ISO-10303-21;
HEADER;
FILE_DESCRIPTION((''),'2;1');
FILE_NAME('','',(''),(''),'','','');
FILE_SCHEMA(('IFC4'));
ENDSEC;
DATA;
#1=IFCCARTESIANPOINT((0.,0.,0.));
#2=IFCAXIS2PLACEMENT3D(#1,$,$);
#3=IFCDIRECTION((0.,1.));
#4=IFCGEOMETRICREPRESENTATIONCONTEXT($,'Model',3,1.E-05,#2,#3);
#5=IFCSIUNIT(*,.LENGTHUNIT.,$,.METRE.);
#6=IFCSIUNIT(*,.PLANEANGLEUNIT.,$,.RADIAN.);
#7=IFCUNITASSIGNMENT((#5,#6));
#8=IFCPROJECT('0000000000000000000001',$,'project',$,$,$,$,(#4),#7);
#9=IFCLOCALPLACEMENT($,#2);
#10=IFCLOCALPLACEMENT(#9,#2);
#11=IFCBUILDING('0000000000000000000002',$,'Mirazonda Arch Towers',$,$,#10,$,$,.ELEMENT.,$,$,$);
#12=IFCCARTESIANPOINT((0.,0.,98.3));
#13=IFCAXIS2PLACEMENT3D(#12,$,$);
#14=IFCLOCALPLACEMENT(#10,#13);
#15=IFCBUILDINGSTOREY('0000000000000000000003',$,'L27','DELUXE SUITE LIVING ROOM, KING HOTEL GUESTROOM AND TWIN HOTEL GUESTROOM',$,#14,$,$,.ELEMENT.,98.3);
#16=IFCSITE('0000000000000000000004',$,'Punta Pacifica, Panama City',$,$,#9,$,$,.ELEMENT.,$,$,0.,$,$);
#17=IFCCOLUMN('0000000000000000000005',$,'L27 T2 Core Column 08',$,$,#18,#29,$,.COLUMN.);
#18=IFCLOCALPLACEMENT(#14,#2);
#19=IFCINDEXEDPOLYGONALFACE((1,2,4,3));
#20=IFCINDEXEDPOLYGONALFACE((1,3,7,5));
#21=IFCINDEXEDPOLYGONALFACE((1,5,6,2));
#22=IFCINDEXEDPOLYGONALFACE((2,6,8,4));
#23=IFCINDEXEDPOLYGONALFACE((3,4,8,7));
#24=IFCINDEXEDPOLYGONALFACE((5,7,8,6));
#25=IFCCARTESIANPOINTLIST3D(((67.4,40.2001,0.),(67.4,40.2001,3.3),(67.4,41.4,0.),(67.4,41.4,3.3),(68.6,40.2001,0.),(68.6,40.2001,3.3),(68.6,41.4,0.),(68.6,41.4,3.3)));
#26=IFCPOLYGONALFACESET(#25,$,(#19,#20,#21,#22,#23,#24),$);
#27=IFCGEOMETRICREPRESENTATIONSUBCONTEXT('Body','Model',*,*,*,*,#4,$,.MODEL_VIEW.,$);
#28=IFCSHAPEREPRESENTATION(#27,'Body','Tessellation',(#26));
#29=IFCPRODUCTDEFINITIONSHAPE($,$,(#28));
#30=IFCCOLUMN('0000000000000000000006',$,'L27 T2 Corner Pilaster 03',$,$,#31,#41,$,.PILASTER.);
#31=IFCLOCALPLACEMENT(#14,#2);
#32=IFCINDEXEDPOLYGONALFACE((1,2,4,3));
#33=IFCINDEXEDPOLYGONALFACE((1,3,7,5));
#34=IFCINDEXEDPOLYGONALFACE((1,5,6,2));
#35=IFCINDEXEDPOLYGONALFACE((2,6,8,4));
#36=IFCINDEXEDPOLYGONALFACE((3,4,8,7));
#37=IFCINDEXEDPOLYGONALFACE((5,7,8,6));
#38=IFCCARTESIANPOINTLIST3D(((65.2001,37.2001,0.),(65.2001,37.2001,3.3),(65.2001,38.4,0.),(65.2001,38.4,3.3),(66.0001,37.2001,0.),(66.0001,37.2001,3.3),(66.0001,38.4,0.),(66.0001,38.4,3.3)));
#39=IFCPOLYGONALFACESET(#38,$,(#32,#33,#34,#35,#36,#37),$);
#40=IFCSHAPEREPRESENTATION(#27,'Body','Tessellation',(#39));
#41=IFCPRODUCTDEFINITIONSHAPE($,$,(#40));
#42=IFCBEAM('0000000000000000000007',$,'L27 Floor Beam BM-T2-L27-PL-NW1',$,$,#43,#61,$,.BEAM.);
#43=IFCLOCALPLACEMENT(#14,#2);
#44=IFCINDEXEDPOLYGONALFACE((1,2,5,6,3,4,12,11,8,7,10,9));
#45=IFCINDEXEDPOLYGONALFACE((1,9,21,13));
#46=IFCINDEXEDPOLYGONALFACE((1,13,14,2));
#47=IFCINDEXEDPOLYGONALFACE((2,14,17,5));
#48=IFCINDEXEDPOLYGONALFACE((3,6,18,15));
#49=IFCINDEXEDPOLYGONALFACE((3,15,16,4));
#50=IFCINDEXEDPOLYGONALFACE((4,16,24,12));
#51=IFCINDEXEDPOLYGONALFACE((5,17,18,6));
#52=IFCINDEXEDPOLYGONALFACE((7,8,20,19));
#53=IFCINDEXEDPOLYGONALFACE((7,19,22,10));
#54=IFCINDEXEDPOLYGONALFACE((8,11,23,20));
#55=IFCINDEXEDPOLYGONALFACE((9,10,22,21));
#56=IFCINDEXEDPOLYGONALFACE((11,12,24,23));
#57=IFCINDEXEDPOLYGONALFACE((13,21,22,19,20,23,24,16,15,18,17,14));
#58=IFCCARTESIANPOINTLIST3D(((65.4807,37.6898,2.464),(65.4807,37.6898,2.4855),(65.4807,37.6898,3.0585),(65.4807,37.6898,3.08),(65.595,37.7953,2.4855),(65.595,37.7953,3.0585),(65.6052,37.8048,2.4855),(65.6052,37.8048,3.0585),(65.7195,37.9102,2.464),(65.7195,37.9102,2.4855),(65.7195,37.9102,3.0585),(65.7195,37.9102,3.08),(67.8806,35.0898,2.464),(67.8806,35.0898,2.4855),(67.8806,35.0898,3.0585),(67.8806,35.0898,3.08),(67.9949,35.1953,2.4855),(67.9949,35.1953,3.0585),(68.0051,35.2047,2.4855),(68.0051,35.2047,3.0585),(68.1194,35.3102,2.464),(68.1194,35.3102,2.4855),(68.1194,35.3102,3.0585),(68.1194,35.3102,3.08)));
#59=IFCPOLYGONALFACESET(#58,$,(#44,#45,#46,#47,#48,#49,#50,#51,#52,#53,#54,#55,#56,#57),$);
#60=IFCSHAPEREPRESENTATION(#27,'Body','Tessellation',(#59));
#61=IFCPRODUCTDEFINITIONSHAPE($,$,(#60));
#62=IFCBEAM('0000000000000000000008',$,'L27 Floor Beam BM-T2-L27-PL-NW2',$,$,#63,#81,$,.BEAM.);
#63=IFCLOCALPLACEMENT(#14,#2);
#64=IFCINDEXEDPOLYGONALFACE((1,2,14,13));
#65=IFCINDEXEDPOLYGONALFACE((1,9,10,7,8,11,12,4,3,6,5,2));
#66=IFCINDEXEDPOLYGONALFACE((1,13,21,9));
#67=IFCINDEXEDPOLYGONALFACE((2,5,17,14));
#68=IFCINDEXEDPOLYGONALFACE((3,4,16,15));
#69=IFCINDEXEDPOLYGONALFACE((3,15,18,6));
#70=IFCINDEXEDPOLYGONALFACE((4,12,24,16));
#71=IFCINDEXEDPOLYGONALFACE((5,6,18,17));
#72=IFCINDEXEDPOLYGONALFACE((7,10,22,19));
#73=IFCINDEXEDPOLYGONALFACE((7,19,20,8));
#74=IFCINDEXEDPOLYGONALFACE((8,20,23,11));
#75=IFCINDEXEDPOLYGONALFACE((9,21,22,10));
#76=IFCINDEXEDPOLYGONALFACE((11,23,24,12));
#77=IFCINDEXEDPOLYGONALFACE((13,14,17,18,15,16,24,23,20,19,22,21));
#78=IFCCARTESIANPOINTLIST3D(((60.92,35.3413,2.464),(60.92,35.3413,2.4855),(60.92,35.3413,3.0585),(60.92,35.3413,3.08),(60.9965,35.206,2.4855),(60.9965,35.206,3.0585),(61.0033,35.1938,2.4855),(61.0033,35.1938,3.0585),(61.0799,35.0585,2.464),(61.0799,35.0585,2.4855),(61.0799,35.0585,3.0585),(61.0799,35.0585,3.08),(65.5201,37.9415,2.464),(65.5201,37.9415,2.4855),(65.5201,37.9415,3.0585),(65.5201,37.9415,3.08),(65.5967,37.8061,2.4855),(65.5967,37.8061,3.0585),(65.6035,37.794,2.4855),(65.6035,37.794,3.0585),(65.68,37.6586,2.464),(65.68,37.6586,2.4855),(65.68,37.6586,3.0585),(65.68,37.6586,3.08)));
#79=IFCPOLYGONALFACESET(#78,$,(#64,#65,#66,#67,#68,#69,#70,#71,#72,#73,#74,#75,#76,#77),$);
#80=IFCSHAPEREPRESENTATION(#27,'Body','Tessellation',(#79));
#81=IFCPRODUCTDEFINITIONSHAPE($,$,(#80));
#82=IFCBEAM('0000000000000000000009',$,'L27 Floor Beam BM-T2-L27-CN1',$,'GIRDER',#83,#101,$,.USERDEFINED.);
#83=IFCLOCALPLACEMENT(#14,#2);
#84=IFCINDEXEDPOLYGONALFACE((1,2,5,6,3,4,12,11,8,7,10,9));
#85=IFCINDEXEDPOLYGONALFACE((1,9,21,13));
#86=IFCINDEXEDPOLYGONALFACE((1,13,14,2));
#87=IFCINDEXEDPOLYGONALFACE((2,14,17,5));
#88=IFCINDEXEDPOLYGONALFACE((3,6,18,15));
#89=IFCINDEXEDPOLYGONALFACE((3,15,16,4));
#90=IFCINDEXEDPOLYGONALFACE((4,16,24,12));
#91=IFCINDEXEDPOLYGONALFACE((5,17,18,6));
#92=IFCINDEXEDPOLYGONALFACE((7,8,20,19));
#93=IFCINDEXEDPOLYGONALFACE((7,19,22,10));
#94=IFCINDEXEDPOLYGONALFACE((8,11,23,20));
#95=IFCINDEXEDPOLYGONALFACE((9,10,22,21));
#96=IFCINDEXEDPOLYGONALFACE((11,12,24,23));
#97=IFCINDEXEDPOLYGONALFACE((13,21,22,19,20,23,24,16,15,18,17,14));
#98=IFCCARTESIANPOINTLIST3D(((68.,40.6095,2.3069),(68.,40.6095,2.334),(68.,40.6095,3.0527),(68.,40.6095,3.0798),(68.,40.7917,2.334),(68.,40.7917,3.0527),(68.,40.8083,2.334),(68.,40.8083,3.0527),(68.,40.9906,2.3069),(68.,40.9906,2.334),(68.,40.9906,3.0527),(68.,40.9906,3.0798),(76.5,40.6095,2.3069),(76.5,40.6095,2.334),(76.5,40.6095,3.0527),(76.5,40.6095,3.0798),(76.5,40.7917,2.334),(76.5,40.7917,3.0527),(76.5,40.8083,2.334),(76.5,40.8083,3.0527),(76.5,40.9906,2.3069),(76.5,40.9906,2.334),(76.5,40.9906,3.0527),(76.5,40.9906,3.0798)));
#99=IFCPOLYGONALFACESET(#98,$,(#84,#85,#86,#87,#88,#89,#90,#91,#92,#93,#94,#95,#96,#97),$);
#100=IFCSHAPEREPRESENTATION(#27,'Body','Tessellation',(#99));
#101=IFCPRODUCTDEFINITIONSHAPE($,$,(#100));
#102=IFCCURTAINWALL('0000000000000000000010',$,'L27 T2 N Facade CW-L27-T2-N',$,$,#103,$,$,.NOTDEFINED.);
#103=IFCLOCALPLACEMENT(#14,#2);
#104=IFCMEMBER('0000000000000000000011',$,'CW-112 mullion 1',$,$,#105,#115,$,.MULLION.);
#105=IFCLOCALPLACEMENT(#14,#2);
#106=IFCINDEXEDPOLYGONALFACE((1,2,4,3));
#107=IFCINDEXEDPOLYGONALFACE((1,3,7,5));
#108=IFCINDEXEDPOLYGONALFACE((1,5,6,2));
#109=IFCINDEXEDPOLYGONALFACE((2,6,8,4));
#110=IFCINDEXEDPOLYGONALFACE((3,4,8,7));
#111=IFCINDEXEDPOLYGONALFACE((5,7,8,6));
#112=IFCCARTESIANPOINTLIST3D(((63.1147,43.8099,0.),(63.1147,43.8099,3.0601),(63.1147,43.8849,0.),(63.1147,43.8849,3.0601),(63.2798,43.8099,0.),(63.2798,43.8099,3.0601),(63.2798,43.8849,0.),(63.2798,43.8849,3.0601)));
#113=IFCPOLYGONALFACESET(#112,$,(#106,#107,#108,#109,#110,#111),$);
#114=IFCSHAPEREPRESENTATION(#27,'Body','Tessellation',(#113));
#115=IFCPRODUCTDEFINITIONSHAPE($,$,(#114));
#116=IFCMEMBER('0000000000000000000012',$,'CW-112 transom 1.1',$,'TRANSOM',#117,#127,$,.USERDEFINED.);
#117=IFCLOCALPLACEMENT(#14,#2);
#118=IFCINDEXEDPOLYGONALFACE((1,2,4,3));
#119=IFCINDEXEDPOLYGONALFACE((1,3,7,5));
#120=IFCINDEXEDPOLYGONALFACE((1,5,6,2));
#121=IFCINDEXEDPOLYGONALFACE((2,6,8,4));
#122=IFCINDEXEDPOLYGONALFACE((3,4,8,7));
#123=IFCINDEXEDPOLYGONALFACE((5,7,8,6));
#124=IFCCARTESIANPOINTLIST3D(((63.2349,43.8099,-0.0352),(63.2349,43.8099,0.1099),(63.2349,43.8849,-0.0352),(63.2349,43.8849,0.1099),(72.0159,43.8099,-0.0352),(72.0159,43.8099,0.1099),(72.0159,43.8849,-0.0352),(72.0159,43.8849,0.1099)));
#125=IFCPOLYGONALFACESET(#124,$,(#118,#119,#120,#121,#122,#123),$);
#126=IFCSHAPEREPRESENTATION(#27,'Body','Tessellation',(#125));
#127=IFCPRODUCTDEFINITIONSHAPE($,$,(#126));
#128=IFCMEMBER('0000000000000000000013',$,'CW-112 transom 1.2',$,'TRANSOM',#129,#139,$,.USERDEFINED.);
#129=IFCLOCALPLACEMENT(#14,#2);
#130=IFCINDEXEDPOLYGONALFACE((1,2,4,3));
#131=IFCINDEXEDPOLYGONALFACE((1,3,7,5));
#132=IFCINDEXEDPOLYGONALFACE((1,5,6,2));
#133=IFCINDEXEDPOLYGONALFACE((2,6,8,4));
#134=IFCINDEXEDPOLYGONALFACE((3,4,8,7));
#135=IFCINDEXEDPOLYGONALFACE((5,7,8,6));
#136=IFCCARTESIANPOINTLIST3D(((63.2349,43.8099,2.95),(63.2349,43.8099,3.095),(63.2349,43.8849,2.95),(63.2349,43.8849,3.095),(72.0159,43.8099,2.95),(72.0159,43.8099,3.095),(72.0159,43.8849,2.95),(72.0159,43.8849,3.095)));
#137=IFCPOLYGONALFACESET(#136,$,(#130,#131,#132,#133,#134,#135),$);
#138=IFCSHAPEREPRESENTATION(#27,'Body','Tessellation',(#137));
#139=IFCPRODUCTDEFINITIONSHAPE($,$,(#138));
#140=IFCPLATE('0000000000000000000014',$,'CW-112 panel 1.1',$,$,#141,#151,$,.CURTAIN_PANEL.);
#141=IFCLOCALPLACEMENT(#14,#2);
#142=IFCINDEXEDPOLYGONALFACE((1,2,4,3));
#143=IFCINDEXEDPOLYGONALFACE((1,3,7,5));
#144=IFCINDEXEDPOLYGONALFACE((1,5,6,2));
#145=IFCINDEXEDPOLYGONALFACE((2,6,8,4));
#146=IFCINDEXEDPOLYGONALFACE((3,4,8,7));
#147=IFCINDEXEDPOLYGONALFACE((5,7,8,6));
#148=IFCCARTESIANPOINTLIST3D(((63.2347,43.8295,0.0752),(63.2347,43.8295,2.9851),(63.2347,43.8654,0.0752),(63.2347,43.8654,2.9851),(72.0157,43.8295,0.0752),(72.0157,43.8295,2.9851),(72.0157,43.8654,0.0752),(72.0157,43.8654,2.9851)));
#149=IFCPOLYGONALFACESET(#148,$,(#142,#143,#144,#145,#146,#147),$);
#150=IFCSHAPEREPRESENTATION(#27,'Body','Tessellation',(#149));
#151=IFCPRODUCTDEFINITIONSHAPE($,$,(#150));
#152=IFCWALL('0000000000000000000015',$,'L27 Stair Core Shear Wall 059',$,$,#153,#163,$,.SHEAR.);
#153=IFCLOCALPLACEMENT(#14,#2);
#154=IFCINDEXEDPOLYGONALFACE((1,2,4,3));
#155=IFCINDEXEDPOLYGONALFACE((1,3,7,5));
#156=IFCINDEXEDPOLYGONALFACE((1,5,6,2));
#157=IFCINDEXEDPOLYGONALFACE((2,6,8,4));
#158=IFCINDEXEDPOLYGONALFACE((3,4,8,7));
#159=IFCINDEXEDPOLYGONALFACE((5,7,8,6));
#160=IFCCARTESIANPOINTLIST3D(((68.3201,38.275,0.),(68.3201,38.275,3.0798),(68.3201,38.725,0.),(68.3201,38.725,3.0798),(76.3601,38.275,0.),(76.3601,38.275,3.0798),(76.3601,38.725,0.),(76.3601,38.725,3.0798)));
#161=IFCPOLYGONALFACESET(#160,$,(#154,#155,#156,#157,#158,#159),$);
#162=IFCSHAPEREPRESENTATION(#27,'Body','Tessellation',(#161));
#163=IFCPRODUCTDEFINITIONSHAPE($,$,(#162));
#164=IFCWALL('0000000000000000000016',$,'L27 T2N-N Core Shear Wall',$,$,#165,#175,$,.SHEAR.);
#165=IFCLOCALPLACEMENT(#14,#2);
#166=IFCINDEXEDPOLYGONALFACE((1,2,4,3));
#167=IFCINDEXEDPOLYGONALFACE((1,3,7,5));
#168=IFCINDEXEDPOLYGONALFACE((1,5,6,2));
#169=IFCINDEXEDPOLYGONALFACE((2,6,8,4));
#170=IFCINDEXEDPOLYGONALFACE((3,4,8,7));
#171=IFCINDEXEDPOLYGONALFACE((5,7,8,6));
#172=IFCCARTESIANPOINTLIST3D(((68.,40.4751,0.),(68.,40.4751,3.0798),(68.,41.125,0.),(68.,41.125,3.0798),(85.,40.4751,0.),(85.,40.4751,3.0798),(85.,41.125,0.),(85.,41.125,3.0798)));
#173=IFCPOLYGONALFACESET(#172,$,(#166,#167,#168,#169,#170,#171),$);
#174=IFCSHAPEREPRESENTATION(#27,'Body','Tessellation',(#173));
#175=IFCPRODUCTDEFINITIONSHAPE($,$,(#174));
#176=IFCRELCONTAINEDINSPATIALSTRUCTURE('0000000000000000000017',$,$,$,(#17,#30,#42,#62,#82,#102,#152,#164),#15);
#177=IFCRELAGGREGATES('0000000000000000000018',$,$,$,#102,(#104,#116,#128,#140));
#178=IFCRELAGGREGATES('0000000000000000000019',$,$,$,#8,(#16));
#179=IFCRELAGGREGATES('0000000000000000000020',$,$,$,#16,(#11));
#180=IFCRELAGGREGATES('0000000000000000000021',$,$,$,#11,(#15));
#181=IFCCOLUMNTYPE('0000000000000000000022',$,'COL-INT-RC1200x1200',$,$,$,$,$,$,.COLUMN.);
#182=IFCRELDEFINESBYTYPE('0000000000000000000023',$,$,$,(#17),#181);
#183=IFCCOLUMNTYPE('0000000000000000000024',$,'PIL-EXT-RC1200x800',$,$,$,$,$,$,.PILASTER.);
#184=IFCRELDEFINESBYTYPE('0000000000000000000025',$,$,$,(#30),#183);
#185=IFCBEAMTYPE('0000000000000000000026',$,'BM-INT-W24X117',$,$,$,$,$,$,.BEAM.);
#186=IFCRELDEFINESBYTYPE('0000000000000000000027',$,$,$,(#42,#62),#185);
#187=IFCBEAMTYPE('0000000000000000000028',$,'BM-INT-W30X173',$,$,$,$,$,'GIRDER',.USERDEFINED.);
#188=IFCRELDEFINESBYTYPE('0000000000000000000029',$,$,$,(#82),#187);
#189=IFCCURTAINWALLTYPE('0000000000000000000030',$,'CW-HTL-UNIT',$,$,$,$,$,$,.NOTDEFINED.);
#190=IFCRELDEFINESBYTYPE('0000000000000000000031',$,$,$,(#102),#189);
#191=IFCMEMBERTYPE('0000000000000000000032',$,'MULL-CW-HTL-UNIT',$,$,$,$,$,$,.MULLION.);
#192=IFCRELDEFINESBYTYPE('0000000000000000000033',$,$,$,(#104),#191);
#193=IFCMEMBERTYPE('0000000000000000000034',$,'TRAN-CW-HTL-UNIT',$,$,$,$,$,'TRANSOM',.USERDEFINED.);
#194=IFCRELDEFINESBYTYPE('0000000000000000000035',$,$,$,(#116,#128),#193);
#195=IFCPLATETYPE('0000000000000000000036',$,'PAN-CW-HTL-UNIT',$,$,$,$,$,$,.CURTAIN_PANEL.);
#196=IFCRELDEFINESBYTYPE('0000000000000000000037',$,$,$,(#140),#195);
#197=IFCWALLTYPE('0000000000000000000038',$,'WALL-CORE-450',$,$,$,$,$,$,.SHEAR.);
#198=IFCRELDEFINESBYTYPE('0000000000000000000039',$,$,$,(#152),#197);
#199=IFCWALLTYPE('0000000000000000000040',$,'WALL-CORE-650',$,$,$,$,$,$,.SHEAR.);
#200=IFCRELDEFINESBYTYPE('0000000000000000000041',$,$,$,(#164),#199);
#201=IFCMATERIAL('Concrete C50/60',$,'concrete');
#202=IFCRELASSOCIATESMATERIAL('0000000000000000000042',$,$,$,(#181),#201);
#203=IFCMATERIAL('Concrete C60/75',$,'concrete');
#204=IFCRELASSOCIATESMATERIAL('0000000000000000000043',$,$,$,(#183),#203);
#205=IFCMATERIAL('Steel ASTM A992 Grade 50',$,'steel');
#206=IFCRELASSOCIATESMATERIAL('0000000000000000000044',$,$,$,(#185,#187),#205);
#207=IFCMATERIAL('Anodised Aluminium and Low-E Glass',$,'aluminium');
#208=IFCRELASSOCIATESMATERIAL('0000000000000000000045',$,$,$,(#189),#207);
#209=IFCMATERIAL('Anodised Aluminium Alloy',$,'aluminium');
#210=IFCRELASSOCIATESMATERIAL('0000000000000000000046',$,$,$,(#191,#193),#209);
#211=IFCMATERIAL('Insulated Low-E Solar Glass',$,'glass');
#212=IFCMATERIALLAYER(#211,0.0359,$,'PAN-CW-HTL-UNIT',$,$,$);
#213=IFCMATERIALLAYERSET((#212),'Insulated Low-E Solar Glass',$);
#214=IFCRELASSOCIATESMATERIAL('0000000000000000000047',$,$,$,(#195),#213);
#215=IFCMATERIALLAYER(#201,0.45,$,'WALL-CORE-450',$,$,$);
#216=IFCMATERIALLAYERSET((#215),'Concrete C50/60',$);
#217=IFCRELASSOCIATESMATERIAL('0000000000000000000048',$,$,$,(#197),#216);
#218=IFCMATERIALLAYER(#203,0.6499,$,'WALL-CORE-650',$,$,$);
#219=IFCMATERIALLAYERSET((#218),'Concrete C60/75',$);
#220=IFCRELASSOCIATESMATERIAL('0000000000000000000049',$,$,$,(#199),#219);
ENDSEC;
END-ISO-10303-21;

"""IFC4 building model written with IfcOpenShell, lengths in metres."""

from ifc_helpers import new_model, si_unit, direction, frame, frame_2d, origin, origin_2d, place, context, subcontext, project, spatial, rectangle, i_section, extrude, material, layer, layer_set, material_profile, profile_set, type_object, element, aggregate, save


model = new_model("IFC4")

# Units and contexts
model_context = context("Model", 3, precision=1e-05, world=origin(), true_north=direction((0.0, 1.0)))
body_context = subcontext(model_context, "Body", "Model", "MODEL_VIEW")
ifc_project = project(units=[si_unit("LENGTHUNIT", "METRE"), si_unit("PLANEANGLEUNIT", "RADIAN")], contexts=[model_context])

# Site, building, storey
site_placement = place(None, origin())
site = spatial("IfcSite", under=ifc_project, at=site_placement, Name="Punta Pacifica, Panama City", CompositionType="ELEMENT", RefElevation=0.0)
building_placement = place(site_placement, origin())
building = spatial("IfcBuilding", under=site, at=building_placement, Name="Mirazonda Arch Towers", CompositionType="ELEMENT")
storey_placement = place(building_placement, frame((0.0, 0.0, 98.3)))
storey = spatial("IfcBuildingStorey", under=building, at=storey_placement, Name="L27", Description="DELUXE SUITE LIVING ROOM, KING HOTEL GUESTROOM AND TWIN HOTEL GUESTROOM", CompositionType="ELEMENT", Elevation=98.3)

# Columns
ifc_material_1 = material(Name="Concrete C50/60", Category="concrete")
ifc_material_profile_1 = material_profile(ifc_material_1, rectangle(XDim=1.2, YDim=1.2, at=origin_2d()), Name="RC1200x1200")
ifc_profile_set_1 = profile_set([ifc_material_profile_1], Name="Concrete C50/60")
column_type_1 = type_object("IfcColumnType", Name="COL-INT-RC1200x1200", PredefinedType="COLUMN", material=ifc_profile_set_1)
column_1_placement = place(storey_placement, frame((68.0, 40.8, 0.0), z_axis=(0.0, 0.0, 1.0), x_axis=(1.0, 0.0, 0.0)))
element("IfcColumn", 1, at=column_1_placement, inside=storey, type_object=column_type_1, Name="L27 T2 Core Column 08", PredefinedType="COLUMN", context=body_context, shape_type="SweptSolid", body=[
    extrude(rectangle(XDim=1.2, YDim=1.2, at=origin_2d()), origin(), (0.0, 0.0, 1.0), 3.3),
])
ifc_material_2 = material(Name="Concrete C60/75", Category="concrete")
ifc_material_profile_2 = material_profile(ifc_material_2, rectangle(XDim=0.8, YDim=1.2, at=origin_2d()), Name="RC1200x800")
ifc_profile_set_2 = profile_set([ifc_material_profile_2], Name="Concrete C60/75")
column_type_2 = type_object("IfcColumnType", Name="PIL-EXT-RC1200x800", PredefinedType="PILASTER", material=ifc_profile_set_2)
column_2_placement = place(storey_placement, frame((65.6001, 37.8, 0.0), z_axis=(0.0, 0.0, 1.0), x_axis=(1.0, 0.0, 0.0)))
element("IfcColumn", 2, at=column_2_placement, inside=storey, type_object=column_type_2, Name="L27 T2 Corner Pilaster 03", PredefinedType="PILASTER", context=body_context, shape_type="SweptSolid", body=[
    extrude(rectangle(XDim=0.8, YDim=1.2, at=origin_2d()), origin(), (0.0, 0.0, 1.0), 3.3),
])

# Beams
ifc_material_3 = material(Name="Steel ASTM A992 Grade 50", Category="steel")
ifc_material_profile_3 = material_profile(ifc_material_3, i_section(OverallWidth=0.325, OverallDepth=0.616, WebThickness=0.0139, FlangeThickness=0.0215, at=origin_2d()), Name="W24X117")
ifc_profile_set_3 = profile_set([ifc_material_profile_3], Name="Steel ASTM A992 Grade 50")
beam_type_1 = type_object("IfcBeamType", Name="BM-INT-W24X117", PredefinedType="BEAM", material=ifc_profile_set_3)
beam_1_placement = place(storey_placement, frame((65.6001, 37.8, 2.772), z_axis=(0.678251, -0.73483, 0.0), x_axis=(0.73483, 0.678251, 0.0)))
element("IfcBeam", 3, at=beam_1_placement, inside=storey, type_object=beam_type_1, Name="L27 Floor Beam BM-T2-L27-PL-NW1", PredefinedType="BEAM", context=body_context, shape_type="SweptSolid", body=[
    extrude(i_section(OverallWidth=0.325, OverallDepth=0.616, WebThickness=0.0139, FlangeThickness=0.0215, at=origin_2d()), origin(), (0.0, 0.0, 1.0), 3.5383),
])
beam_2_placement = place(storey_placement, frame((65.6001, 37.8, 2.772), z_axis=(-0.870559, -0.492063, 0.0), x_axis=(0.492063, -0.870559, 0.0)))
element("IfcBeam", 4, at=beam_2_placement, inside=storey, type_object=beam_type_1, Name="L27 Floor Beam BM-T2-L27-PL-NW2", PredefinedType="BEAM", context=body_context, shape_type="SweptSolid", body=[
    extrude(i_section(OverallWidth=0.325, OverallDepth=0.616, WebThickness=0.0139, FlangeThickness=0.0215, at=origin_2d()), origin(), (0.0, 0.0, 1.0), 5.2842),
])
ifc_material_profile_4 = material_profile(ifc_material_3, i_section(OverallWidth=0.3811, OverallDepth=0.7729, WebThickness=0.0166, FlangeThickness=0.0271, at=origin_2d()), Name="W30X173")
ifc_profile_set_4 = profile_set([ifc_material_profile_4], Name="Steel ASTM A992 Grade 50")
beam_type_2 = type_object("IfcBeamType", Name="BM-INT-W30X173", ElementType="GIRDER", PredefinedType="USERDEFINED", material=ifc_profile_set_4)
beam_3_placement = place(storey_placement, frame((68.0, 40.8, 2.6934), z_axis=(1.0, 0.0, 0.0), x_axis=(0.0, 1.0, 0.0)))
element("IfcBeam", 5, at=beam_3_placement, inside=storey, type_object=beam_type_2, Name="L27 Floor Beam BM-T2-L27-CN1", ObjectType="GIRDER", PredefinedType="USERDEFINED", context=body_context, shape_type="SweptSolid", body=[
    extrude(i_section(OverallWidth=0.3811, OverallDepth=0.7729, WebThickness=0.0166, FlangeThickness=0.0271, at=origin_2d()), origin(), (0.0, 0.0, 1.0), 8.5),
])

# Curtain wall, members, plate
ifc_material_4 = material(Name="Anodised Aluminium and Low-E Glass", Category="aluminium")
curtain_wall_type = type_object("IfcCurtainWallType", Name="CW-HTL-UNIT", PredefinedType="NOTDEFINED", material=ifc_material_4)
curtain_wall_placement = place(storey_placement, origin())
curtain_wall = element("IfcCurtainWall", 6, at=curtain_wall_placement, inside=storey, type_object=curtain_wall_type, Name="L27 T2 N Facade CW-L27-T2-N", PredefinedType="NOTDEFINED")
ifc_material_5 = material(Name="Anodised Aluminium Alloy", Category="aluminium")
ifc_material_profile_5 = material_profile(ifc_material_5, rectangle(XDim=0.075, YDim=0.165, at=origin_2d()), Name="ALU-MULL-75x165")
ifc_profile_set_5 = profile_set([ifc_material_profile_5], Name="Anodised Aluminium Alloy")
member_type_1 = type_object("IfcMemberType", Name="MULL-CW-HTL-UNIT", PredefinedType="MULLION", material=ifc_profile_set_5)
member_1_placement = place(storey_placement, frame((63.1973, 43.8474, 0.0), z_axis=(0.0, 0.0, 1.0), x_axis=(0.0, 1.0, 0.0)))
member_1 = element("IfcMember", 7, at=member_1_placement, type_object=member_type_1, Name="CW-112 mullion 1", PredefinedType="MULLION", context=body_context, shape_type="SweptSolid", body=[
    extrude(rectangle(XDim=0.075, YDim=0.165, at=origin_2d()), origin(), (0.0, 0.0, 1.0), 3.0601),
])
ifc_material_profile_6 = material_profile(ifc_material_5, rectangle(XDim=0.075, YDim=0.145, at=origin_2d()), Name="ALU-TRAN-75x145")
ifc_profile_set_6 = profile_set([ifc_material_profile_6], Name="Anodised Aluminium Alloy")
member_type_2 = type_object("IfcMemberType", Name="TRAN-CW-HTL-UNIT", ElementType="TRANSOM", PredefinedType="USERDEFINED", material=ifc_profile_set_6)
member_2_placement = place(storey_placement, frame((63.2349, 43.8474, 0.0374), z_axis=(1.0, 0.0, 0.0), x_axis=(0.0, 1.0, 0.0)))
member_2 = element("IfcMember", 8, at=member_2_placement, type_object=member_type_2, Name="CW-112 transom 1.1", ObjectType="TRANSOM", PredefinedType="USERDEFINED", context=body_context, shape_type="SweptSolid", body=[
    extrude(rectangle(XDim=0.075, YDim=0.145, at=origin_2d()), origin(), (0.0, 0.0, 1.0), 8.781),
])
member_3_placement = place(storey_placement, frame((63.2349, 43.8474, 3.0225), z_axis=(1.0, 0.0, 0.0), x_axis=(0.0, 1.0, 0.0)))
member_3 = element("IfcMember", 9, at=member_3_placement, type_object=member_type_2, Name="CW-112 transom 1.2", ObjectType="TRANSOM", PredefinedType="USERDEFINED", context=body_context, shape_type="SweptSolid", body=[
    extrude(rectangle(XDim=0.075, YDim=0.145, at=origin_2d()), origin(), (0.0, 0.0, 1.0), 8.781),
])
ifc_material_6 = material(Name="Insulated Low-E Solar Glass", Category="glass")
ifc_layer_1 = layer(ifc_material_6, 0.0359, Name="PAN-CW-HTL-UNIT")
ifc_layer_set_1 = layer_set([ifc_layer_1], Name="Insulated Low-E Solar Glass")
plate_type = type_object("IfcPlateType", Name="PAN-CW-HTL-UNIT", PredefinedType="CURTAIN_PANEL", material=ifc_layer_set_1)
plate_placement = place(storey_placement, frame((67.6252, 43.8474, 0.0752), z_axis=(0.0, 0.0, 1.0), x_axis=(1.0, 0.0, 0.0)))
plate = element("IfcPlate", 10, at=plate_placement, type_object=plate_type, Name="CW-112 panel 1.1", PredefinedType="CURTAIN_PANEL", context=body_context, shape_type="SweptSolid", body=[
    extrude(rectangle(XDim=8.781, YDim=0.0359, at=origin_2d()), origin(), (0.0, 0.0, 1.0), 2.9099),
])
aggregate(curtain_wall, [member_1, member_2, member_3, plate])

# Walls
ifc_layer_2 = layer(ifc_material_1, 0.45, Name="WALL-CORE-450")
ifc_layer_set_2 = layer_set([ifc_layer_2], Name="Concrete C50/60")
wall_type_1 = type_object("IfcWallType", Name="WALL-CORE-450", PredefinedType="SHEAR", material=ifc_layer_set_2)
wall_1_placement = place(storey_placement, frame((68.3201, 38.5, 0.0), z_axis=(0.0, 0.0, 1.0), x_axis=(1.0, 0.0, 0.0)))
element("IfcWall", 11, at=wall_1_placement, inside=storey, type_object=wall_type_1, Name="L27 Stair Core Shear Wall 059", PredefinedType="SHEAR", context=body_context, shape_type="SweptSolid", body=[
    extrude(rectangle(XDim=8.04, YDim=0.45, at=frame_2d((4.02, 0.0))), origin(), (0.0, 0.0, 1.0), 3.0798),
])
ifc_layer_3 = layer(ifc_material_2, 0.6499, Name="WALL-CORE-650")
ifc_layer_set_3 = layer_set([ifc_layer_3], Name="Concrete C60/75")
wall_type_2 = type_object("IfcWallType", Name="WALL-CORE-650", PredefinedType="SHEAR", material=ifc_layer_set_3)
wall_2_placement = place(storey_placement, frame((68.0, 40.8, 0.0), z_axis=(0.0, 0.0, 1.0), x_axis=(1.0, 0.0, 0.0)))
element("IfcWall", 12, at=wall_2_placement, inside=storey, type_object=wall_type_2, Name="L27 T2N-N Core Shear Wall", PredefinedType="SHEAR", context=body_context, shape_type="SweptSolid", body=[
    extrude(rectangle(XDim=17.0, YDim=0.6499, at=frame_2d((8.5, 0.0))), origin(), (0.0, 0.0, 1.0), 3.0798),
])

save(model, "model.ifc")
